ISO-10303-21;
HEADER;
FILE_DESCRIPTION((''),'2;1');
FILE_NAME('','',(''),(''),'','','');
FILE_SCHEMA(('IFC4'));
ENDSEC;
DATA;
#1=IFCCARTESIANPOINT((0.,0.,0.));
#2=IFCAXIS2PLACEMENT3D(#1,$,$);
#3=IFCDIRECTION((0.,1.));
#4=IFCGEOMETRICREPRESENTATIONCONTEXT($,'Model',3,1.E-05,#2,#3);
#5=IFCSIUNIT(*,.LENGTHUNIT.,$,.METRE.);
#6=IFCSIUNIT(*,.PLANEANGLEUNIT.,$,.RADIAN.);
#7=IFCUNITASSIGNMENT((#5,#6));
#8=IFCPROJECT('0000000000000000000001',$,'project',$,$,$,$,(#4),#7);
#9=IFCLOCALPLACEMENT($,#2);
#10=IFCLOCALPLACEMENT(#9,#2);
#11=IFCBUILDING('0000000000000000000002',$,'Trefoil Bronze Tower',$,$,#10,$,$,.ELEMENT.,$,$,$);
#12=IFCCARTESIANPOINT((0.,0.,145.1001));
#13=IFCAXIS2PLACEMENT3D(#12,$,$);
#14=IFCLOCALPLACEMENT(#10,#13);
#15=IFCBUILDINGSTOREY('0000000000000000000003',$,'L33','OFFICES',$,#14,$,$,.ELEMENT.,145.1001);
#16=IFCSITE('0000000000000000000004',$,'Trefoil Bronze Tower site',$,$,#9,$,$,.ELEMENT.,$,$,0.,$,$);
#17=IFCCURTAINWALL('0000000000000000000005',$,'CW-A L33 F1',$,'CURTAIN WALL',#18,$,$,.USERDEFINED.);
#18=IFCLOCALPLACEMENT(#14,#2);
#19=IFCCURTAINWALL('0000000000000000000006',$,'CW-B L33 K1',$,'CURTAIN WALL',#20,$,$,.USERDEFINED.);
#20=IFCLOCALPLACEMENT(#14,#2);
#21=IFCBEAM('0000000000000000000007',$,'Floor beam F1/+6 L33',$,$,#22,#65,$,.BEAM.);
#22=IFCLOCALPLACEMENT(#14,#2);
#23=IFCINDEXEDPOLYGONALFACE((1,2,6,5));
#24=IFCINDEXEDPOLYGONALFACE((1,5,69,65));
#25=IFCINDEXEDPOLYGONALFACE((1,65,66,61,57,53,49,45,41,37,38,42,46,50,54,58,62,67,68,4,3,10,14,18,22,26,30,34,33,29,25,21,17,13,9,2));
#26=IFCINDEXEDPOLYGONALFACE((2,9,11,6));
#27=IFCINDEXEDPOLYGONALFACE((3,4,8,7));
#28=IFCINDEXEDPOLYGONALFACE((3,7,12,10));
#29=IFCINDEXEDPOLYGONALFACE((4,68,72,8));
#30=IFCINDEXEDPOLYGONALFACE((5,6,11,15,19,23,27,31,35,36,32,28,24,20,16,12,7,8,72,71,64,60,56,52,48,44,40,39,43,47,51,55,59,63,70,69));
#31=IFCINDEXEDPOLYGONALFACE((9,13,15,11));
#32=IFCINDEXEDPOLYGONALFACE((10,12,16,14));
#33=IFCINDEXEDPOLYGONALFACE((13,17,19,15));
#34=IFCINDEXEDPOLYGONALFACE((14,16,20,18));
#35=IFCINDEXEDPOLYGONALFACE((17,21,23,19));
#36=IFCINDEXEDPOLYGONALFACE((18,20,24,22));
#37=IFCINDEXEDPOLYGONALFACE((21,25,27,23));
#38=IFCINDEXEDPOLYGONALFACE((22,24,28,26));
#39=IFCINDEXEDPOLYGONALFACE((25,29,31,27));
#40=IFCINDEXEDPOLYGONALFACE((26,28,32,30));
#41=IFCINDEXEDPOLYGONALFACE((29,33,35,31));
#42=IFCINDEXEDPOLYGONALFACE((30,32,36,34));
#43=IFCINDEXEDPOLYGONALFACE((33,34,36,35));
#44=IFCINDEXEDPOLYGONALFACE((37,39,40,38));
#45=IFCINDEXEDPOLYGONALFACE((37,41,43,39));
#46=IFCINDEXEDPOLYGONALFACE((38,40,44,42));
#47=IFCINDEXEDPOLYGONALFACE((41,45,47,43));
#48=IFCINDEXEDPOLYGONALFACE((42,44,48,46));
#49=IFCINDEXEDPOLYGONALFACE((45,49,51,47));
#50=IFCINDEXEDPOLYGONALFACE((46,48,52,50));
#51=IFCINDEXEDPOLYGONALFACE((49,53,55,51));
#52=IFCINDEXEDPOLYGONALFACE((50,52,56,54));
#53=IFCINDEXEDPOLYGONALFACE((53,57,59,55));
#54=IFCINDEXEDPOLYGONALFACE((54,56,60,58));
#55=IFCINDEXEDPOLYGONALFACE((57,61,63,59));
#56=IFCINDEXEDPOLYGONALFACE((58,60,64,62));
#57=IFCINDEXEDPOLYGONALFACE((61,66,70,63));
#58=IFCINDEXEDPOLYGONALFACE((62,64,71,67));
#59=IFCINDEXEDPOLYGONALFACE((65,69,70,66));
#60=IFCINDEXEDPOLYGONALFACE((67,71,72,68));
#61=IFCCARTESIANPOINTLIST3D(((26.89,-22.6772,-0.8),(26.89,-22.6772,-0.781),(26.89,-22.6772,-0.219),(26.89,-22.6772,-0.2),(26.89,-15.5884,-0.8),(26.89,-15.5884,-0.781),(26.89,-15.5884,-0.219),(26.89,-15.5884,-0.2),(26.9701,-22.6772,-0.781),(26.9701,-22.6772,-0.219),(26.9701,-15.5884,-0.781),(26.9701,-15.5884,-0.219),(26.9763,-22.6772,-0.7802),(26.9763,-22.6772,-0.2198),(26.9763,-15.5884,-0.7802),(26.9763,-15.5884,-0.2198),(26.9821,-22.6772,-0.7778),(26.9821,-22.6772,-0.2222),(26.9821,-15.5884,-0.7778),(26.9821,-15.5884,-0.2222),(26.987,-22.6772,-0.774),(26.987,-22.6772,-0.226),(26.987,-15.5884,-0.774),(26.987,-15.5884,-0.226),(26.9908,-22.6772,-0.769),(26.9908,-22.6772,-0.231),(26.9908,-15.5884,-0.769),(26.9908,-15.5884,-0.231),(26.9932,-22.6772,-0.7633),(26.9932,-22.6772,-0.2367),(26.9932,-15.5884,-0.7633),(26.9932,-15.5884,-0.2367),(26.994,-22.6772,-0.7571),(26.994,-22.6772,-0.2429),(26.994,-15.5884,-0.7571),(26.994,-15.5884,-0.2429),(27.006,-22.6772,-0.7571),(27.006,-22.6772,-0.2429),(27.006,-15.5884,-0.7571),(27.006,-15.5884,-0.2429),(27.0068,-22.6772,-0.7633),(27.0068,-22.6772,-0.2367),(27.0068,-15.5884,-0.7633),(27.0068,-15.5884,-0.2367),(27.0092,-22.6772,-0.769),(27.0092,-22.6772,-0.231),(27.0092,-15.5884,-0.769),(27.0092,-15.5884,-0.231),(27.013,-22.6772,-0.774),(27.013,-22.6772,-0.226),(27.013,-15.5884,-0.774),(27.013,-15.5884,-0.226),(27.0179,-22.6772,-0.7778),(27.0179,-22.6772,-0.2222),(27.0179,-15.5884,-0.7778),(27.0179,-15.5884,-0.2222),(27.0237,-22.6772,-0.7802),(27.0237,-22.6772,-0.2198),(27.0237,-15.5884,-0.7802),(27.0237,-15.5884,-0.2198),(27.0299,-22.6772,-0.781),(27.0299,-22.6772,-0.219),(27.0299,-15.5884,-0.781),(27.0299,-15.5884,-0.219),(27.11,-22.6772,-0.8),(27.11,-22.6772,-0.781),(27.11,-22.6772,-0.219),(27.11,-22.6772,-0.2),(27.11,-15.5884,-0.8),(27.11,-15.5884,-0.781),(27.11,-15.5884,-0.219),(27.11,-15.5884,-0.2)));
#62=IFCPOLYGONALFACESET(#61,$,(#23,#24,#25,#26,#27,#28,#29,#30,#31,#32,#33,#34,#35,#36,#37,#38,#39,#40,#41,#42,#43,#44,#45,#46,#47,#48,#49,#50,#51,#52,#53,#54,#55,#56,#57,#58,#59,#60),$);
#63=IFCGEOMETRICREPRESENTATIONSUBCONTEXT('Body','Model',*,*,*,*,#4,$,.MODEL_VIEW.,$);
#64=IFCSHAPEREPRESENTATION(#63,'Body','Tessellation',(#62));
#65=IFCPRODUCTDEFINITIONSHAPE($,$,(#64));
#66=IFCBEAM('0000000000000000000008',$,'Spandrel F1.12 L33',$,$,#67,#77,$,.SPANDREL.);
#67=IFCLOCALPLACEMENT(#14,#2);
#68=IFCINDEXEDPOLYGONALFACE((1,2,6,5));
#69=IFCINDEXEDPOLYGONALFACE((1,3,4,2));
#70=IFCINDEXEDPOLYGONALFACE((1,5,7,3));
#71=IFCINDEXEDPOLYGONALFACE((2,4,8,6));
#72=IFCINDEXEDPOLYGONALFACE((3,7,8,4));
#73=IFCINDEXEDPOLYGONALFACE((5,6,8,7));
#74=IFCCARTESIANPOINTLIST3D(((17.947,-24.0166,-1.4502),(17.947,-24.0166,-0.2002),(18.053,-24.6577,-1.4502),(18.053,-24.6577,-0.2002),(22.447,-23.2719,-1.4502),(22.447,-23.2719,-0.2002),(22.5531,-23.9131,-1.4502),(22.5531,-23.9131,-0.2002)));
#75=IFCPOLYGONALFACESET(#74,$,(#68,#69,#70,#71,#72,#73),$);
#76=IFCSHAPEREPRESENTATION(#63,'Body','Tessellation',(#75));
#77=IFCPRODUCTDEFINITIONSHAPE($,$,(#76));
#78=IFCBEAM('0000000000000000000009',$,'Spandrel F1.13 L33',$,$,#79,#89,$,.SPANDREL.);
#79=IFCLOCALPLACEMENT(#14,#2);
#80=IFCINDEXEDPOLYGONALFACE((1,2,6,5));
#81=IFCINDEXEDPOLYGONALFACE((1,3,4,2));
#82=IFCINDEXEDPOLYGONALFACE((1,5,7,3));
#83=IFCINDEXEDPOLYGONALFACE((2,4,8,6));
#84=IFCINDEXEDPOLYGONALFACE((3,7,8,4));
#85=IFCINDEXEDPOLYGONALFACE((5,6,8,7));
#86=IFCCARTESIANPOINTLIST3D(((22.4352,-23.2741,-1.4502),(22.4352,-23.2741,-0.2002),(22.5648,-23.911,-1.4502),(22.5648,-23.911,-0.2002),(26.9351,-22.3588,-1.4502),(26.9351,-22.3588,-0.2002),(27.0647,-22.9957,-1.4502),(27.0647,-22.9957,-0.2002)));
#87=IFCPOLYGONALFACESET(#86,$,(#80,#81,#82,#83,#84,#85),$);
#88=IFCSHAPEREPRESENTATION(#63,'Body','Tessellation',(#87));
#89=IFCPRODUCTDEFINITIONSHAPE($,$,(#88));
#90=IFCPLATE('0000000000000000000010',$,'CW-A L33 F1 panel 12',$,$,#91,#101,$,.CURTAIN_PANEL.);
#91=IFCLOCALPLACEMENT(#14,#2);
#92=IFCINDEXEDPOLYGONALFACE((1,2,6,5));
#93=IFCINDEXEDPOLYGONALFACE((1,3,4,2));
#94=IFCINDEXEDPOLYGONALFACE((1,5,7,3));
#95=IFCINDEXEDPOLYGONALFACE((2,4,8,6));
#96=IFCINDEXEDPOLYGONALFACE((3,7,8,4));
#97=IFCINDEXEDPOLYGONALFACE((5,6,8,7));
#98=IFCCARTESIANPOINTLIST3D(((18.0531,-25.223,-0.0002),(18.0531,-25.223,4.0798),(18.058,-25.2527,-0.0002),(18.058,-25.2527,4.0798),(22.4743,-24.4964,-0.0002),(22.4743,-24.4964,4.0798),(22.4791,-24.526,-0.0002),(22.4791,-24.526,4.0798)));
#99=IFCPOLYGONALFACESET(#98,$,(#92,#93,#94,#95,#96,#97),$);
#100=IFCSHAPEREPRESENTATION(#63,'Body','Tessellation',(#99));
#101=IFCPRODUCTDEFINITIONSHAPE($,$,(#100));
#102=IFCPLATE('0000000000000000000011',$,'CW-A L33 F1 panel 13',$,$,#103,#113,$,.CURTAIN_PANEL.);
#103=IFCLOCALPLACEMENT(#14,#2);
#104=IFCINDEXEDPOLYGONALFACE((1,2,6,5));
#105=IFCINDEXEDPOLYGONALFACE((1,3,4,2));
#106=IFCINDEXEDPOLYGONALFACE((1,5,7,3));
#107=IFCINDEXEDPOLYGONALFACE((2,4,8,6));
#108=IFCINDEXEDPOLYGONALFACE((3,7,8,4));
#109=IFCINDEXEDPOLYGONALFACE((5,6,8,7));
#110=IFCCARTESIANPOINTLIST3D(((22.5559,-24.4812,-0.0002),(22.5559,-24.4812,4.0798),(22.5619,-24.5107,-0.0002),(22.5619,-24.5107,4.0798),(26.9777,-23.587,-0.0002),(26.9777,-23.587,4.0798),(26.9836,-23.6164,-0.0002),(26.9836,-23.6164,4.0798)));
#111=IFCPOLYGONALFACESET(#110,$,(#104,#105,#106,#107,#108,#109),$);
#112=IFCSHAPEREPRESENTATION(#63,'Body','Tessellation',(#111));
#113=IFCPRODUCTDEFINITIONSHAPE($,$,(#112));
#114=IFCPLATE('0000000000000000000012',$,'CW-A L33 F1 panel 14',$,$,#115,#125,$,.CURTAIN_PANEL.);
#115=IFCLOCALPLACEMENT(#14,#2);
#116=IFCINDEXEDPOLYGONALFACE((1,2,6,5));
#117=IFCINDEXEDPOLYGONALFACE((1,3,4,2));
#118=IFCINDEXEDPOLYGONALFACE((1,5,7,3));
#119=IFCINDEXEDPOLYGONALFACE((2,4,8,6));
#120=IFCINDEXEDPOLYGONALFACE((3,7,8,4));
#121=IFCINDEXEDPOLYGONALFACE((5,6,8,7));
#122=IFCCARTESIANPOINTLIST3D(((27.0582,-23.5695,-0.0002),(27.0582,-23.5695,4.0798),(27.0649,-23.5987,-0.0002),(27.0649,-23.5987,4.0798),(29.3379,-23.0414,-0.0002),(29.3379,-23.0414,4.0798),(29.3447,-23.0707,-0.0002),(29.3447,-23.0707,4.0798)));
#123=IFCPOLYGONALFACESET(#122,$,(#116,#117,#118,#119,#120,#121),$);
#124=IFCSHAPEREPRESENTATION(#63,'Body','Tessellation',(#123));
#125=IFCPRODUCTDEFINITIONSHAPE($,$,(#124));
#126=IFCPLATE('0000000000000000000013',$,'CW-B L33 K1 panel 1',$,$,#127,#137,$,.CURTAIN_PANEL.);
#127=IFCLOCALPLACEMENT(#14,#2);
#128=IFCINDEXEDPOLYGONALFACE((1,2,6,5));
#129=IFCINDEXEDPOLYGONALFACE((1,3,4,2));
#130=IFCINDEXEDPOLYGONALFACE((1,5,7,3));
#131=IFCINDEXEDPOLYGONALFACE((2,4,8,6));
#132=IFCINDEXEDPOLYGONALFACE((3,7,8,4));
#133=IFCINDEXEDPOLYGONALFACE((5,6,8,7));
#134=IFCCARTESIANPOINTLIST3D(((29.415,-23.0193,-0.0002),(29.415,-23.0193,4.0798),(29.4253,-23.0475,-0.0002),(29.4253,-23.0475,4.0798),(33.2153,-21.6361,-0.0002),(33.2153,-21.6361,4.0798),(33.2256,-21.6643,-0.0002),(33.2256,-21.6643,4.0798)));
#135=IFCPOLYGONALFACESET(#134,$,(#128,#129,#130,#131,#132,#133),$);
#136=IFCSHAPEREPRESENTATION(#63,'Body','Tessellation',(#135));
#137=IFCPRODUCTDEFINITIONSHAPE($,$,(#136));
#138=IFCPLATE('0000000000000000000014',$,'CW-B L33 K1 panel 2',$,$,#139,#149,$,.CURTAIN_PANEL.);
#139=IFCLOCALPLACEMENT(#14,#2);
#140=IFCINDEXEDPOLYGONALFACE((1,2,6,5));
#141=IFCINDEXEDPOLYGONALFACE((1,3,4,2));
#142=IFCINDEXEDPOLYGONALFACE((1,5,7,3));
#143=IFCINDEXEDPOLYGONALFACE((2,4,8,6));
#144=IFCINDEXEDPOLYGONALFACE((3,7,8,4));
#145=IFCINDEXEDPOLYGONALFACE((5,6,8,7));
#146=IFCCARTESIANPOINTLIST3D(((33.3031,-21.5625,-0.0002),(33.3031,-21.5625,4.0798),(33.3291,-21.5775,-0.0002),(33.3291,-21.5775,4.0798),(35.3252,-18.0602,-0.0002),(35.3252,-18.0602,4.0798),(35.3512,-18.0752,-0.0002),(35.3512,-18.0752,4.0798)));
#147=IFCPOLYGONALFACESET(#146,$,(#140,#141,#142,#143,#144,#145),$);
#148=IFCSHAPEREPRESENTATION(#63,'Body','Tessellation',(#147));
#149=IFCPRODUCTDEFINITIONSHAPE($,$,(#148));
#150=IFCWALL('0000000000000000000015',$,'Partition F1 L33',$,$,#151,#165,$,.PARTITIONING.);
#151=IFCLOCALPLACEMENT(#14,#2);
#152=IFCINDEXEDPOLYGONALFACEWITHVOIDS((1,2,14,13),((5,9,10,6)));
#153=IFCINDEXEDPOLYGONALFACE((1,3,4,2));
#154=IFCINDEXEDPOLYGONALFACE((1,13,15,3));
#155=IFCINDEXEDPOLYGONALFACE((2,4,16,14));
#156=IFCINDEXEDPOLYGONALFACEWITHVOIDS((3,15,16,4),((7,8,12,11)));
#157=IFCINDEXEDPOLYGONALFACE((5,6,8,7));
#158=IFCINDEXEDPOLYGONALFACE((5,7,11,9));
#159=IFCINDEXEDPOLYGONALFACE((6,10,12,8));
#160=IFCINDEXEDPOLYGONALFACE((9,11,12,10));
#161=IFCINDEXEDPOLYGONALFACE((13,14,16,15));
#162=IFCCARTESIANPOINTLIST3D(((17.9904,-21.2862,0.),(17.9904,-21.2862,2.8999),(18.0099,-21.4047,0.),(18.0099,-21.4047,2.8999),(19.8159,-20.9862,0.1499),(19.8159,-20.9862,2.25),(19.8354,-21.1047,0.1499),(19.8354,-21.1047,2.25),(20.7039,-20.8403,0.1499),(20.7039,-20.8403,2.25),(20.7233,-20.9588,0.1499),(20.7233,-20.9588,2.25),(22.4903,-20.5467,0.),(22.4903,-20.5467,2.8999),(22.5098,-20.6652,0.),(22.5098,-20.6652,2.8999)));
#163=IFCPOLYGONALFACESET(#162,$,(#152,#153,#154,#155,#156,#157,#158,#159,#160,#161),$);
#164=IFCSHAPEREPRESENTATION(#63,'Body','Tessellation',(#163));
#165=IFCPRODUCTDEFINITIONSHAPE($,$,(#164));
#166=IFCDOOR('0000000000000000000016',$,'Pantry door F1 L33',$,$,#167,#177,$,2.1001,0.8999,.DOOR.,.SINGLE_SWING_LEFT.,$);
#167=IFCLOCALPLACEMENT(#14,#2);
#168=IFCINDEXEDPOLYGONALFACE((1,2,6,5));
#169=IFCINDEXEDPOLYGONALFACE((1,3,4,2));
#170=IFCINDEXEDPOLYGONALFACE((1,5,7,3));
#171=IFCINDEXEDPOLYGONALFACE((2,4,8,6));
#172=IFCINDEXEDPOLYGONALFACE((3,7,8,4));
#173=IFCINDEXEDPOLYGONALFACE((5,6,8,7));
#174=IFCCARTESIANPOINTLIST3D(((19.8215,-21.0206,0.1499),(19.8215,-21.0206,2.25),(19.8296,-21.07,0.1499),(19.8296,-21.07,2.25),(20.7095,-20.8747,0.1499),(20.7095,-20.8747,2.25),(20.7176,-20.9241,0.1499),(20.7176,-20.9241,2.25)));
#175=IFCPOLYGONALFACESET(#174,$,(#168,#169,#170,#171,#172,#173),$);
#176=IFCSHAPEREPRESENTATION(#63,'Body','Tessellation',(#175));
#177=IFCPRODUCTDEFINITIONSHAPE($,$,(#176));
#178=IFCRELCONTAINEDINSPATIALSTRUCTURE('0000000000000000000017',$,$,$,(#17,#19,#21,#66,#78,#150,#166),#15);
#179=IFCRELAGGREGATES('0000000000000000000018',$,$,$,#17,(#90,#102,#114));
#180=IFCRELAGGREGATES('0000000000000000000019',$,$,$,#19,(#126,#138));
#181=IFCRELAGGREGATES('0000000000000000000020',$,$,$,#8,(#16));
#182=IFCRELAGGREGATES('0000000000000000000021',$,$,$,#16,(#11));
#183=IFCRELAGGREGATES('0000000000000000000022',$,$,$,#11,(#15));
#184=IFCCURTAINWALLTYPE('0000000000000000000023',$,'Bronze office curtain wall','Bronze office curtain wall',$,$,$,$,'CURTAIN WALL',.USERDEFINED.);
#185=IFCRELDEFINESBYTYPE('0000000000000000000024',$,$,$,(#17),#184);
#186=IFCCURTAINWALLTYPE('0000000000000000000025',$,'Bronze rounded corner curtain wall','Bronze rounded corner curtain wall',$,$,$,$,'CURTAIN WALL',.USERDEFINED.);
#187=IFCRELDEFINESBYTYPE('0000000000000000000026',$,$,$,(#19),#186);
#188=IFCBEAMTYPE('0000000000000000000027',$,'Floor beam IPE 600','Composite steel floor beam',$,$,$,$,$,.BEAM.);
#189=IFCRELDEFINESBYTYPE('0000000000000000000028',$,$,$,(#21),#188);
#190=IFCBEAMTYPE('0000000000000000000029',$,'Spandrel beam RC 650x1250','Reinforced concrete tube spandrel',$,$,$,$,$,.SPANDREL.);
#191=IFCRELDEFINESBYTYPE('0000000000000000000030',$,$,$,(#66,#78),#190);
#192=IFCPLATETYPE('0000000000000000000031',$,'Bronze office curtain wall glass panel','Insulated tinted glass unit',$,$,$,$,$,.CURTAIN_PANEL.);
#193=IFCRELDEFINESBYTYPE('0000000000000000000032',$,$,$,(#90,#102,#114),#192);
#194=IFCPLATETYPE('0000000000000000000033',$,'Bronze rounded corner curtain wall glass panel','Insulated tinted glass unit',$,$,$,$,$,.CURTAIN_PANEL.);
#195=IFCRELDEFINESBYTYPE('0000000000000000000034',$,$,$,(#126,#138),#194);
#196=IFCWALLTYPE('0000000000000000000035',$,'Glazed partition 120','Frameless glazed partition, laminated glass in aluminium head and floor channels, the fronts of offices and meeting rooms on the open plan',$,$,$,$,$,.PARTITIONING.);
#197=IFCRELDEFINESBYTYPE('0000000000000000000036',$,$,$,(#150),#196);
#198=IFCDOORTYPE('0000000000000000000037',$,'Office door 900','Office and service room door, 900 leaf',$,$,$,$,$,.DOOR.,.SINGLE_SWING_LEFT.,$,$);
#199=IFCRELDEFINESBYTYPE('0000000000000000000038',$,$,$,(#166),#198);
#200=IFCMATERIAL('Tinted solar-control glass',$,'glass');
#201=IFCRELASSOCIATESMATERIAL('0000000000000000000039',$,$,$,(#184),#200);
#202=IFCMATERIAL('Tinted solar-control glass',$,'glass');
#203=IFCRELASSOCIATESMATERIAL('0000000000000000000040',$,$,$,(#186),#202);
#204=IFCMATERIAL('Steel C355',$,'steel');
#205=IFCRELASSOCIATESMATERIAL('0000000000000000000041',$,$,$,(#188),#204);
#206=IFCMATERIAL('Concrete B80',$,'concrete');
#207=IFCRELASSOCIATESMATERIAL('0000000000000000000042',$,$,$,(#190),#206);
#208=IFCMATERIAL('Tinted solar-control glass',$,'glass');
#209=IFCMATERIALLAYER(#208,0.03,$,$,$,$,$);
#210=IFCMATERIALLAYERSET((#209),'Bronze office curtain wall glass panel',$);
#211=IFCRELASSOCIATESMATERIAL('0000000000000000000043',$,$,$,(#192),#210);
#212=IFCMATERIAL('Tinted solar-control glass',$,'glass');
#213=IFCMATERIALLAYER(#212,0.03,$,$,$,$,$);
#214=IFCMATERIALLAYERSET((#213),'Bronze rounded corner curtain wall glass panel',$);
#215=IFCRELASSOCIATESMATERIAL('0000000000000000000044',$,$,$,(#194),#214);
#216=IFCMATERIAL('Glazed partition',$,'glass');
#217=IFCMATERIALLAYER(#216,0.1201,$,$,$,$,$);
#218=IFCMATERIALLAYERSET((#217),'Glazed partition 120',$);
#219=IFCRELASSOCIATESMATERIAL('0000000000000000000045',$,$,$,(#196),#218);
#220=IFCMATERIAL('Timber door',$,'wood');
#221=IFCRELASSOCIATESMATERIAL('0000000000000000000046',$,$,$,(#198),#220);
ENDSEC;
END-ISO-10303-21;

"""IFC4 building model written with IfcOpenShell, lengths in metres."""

from ifc_helpers import new_model, si_unit, direction, frame, frame_2d, origin, origin_2d, place, context, subcontext, project, spatial, rectangle, i_section, extrude, material, layer, layer_set, material_profile, profile_set, type_object, element, fill, aggregate, save


model = new_model("IFC4")

# Units and contexts
model_context = context("Model", 3, precision=1e-05, world=origin(), true_north=direction((0.0, 1.0)))
body_context = subcontext(model_context, "Body", "Model", "MODEL_VIEW")
ifc_project = project(units=[si_unit("LENGTHUNIT", "METRE"), si_unit("PLANEANGLEUNIT", "RADIAN")], contexts=[model_context])

# Site, building, storey
site_placement = place(None, origin())
site = spatial("IfcSite", under=ifc_project, at=site_placement, Name="Trefoil Bronze Tower site", CompositionType="ELEMENT", RefElevation=0.0)
building_placement = place(site_placement, origin())
building = spatial("IfcBuilding", under=site, at=building_placement, Name="Trefoil Bronze Tower", CompositionType="ELEMENT")
storey_placement = place(building_placement, frame((0.0, 0.0, 145.1001)))
storey = spatial("IfcBuildingStorey", under=building, at=storey_placement, Name="L33", Description="OFFICES", CompositionType="ELEMENT", Elevation=145.1001)

# Curtain walls
ifc_material_1 = material(Name="Tinted solar-control glass", Category="glass")
curtain_wall_type_1 = type_object("IfcCurtainWallType", Name="Bronze office curtain wall", Description="Bronze office curtain wall", ElementType="CURTAIN WALL", PredefinedType="USERDEFINED", material=ifc_material_1)
curtain_wall_1_placement = place(storey_placement, origin())
curtain_wall_1 = element("IfcCurtainWall", 1, at=curtain_wall_1_placement, inside=storey, type_object=curtain_wall_type_1, Name="CW-A L33 F1", ObjectType="CURTAIN WALL", PredefinedType="USERDEFINED")
ifc_material_2 = material(Name="Tinted solar-control glass", Category="glass")
curtain_wall_type_2 = type_object("IfcCurtainWallType", Name="Bronze rounded corner curtain wall", Description="Bronze rounded corner curtain wall", ElementType="CURTAIN WALL", PredefinedType="USERDEFINED", material=ifc_material_2)
curtain_wall_2_placement = place(storey_placement, origin())
curtain_wall_2 = element("IfcCurtainWall", 2, at=curtain_wall_2_placement, inside=storey, type_object=curtain_wall_type_2, Name="CW-B L33 K1", ObjectType="CURTAIN WALL", PredefinedType="USERDEFINED")

# Beams
ifc_material_3 = material(Name="Steel C355", Category="steel")
ifc_material_profile_1 = material_profile(ifc_material_3, i_section(OverallWidth=0.22, OverallDepth=0.6001, WebThickness=0.012, FlangeThickness=0.019, FilletRadius=0.0239, at=origin_2d()), Name="IPE 600")
ifc_profile_set_1 = profile_set([ifc_material_profile_1], Name="Steel C355")
beam_type_1 = type_object("IfcBeamType", Name="Floor beam IPE 600", Description="Composite steel floor beam", PredefinedType="BEAM", material=ifc_profile_set_1)
beam_1_placement = place(storey_placement, frame((27.0, -22.6772, -0.5), z_axis=(0.0, 1.0, 0.0), x_axis=(-1.0, 0.0, 0.0)))
element("IfcBeam", 3, at=beam_1_placement, inside=storey, type_object=beam_type_1, Name="Floor beam F1/+6 L33", PredefinedType="BEAM", context=body_context, shape_type="SweptSolid", body=[
    extrude(i_section(OverallWidth=0.22, OverallDepth=0.6001, WebThickness=0.012, FlangeThickness=0.019, FilletRadius=0.0239, at=origin_2d()), origin(), (0.0, 0.0, 1.0), 7.0889),
])
ifc_material_4 = material(Name="Concrete B80", Category="concrete")
ifc_material_profile_2 = material_profile(ifc_material_4, rectangle(XDim=0.6499, YDim=1.25, at=origin_2d()), Name="RC 650x1250")
ifc_profile_set_2 = profile_set([ifc_material_profile_2], Name="Concrete B80")
beam_type_2 = type_object("IfcBeamType", Name="Spandrel beam RC 650x1250", Description="Reinforced concrete tube spandrel", PredefinedType="SPANDREL", material=ifc_profile_set_2)
beam_2_placement = place(storey_placement, frame((18.0, -24.3372, -0.8252), z_axis=(0.986584, 0.163253, 0.0), x_axis=(-0.163253, 0.986584, 0.0)))
element("IfcBeam", 4, at=beam_2_placement, inside=storey, type_object=beam_type_2, Name="Spandrel F1.12 L33", PredefinedType="SPANDREL", context=body_context, shape_type="SweptSolid", body=[
    extrude(rectangle(XDim=0.6499, YDim=1.25, at=origin_2d()), origin(), (0.0, 0.0, 1.0), 4.5613),
])
beam_3_placement = place(storey_placement, frame((22.5, -23.5925, -0.8252), z_axis=(0.979935, 0.199315, 0.0), x_axis=(-0.199315, 0.979935, 0.0)))
element("IfcBeam", 5, at=beam_3_placement, inside=storey, type_object=beam_type_2, Name="Spandrel F1.13 L33", PredefinedType="SPANDREL", context=body_context, shape_type="SweptSolid", body=[
    extrude(rectangle(XDim=0.6499, YDim=1.25, at=origin_2d()), origin(), (0.0, 0.0, 1.0), 4.592),
])

# Plates
ifc_material_5 = material(Name="Tinted solar-control glass", Category="glass")
ifc_layer_1 = layer(ifc_material_5, 0.03)
ifc_layer_set_1 = layer_set([ifc_layer_1], Name="Bronze office curtain wall glass panel")
plate_type_1 = type_object("IfcPlateType", Name="Bronze office curtain wall glass panel", Description="Insulated tinted glass unit", PredefinedType="CURTAIN_PANEL", material=ifc_layer_set_1)
plate_1_placement = place(storey_placement, frame((20.2661, -24.8745, -0.0002), z_axis=(0.0, 0.0, 1.0), x_axis=(0.98676, 0.162189, 0.0)))
plate_1 = element("IfcPlate", 6, at=plate_1_placement, type_object=plate_type_1, Name="CW-A L33 F1 panel 12", PredefinedType="CURTAIN_PANEL", context=body_context, shape_type="SweptSolid", body=[
    extrude(rectangle(XDim=4.4805, YDim=0.03, at=origin_2d()), origin(), (0.0, 0.0, 1.0), 4.0801),
])
plate_2_placement = place(storey_placement, frame((24.7698, -24.0488, -0.0002), z_axis=(0.0, 0.0, 1.0), x_axis=(0.980155, 0.198232, 0.0)))
plate_2 = element("IfcPlate", 7, at=plate_2_placement, type_object=plate_type_1, Name="CW-A L33 F1 panel 13", PredefinedType="CURTAIN_PANEL", context=body_context, shape_type="SweptSolid", body=[
    extrude(rectangle(XDim=4.5112, YDim=0.03, at=origin_2d()), origin(), (0.0, 0.0, 1.0), 4.0801),
])
plate_3_placement = place(storey_placement, frame((28.2014, -23.3201, -0.0002), z_axis=(0.0, 0.0, 1.0), x_axis=(0.974204, 0.225667, 0.0)))
plate_3 = element("IfcPlate", 8, at=plate_3_placement, type_object=plate_type_1, Name="CW-A L33 F1 panel 14", PredefinedType="CURTAIN_PANEL", context=body_context, shape_type="SweptSolid", body=[
    extrude(rectangle(XDim=2.3401, YDim=0.03, at=origin_2d()), origin(), (0.0, 0.0, 1.0), 4.0801),
])
aggregate(curtain_wall_1, [plate_1, plate_2, plate_3])
ifc_material_6 = material(Name="Tinted solar-control glass", Category="glass")
ifc_layer_2 = layer(ifc_material_6, 0.03)
ifc_layer_set_2 = layer_set([ifc_layer_2], Name="Bronze rounded corner curtain wall glass panel")
plate_type_2 = type_object("IfcPlateType", Name="Bronze rounded corner curtain wall glass panel", Description="Insulated tinted glass unit", PredefinedType="CURTAIN_PANEL", material=ifc_layer_set_2)
plate_4_placement = place(storey_placement, frame((31.3203, -22.3418, -0.0002), z_axis=(0.0, 0.0, 1.0), x_axis=(0.939693, 0.34202, 0.0)))
plate_4 = element("IfcPlate", 9, at=plate_4_placement, type_object=plate_type_2, Name="CW-B L33 K1 panel 1", PredefinedType="CURTAIN_PANEL", context=body_context, shape_type="SweptSolid", body=[
    extrude(rectangle(XDim=4.0442, YDim=0.03, at=origin_2d()), origin(), (0.0, 0.0, 1.0), 4.0801),
])
plate_5_placement = place(storey_placement, frame((34.3271, -19.8188, -0.0002), z_axis=(0.0, 0.0, 1.0), x_axis=(0.5, 0.866025, 0.0)))
plate_5 = element("IfcPlate", 10, at=plate_5_placement, type_object=plate_type_2, Name="CW-B L33 K1 panel 2", PredefinedType="CURTAIN_PANEL", context=body_context, shape_type="SweptSolid", body=[
    extrude(rectangle(XDim=4.0442, YDim=0.03, at=origin_2d()), origin(), (0.0, 0.0, 1.0), 4.0801),
])
aggregate(curtain_wall_2, [plate_4, plate_5])

# Wall, opening, door
ifc_material_7 = material(Name="Glazed partition", Category="glass")
ifc_layer_3 = layer(ifc_material_7, 0.1201)
ifc_layer_set_3 = layer_set([ifc_layer_3], Name="Glazed partition 120")
wall_type_1 = type_object("IfcWallType", Name="Glazed partition 120", Description="Frameless glazed partition, laminated glass in aluminium head and floor channels, the fronts of offices and meeting rooms on the open plan", PredefinedType="PARTITIONING", material=ifc_layer_set_3)
wall_1_placement = place(storey_placement, frame((18.0, -21.3455, 0.0), z_axis=(0.0, 0.0, 1.0), x_axis=(0.986765, 0.162159, 0.0)))
wall_1 = element("IfcWall", 11, at=wall_1_placement, inside=storey, type_object=wall_type_1, Name="Partition F1 L33", PredefinedType="PARTITIONING", context=body_context, shape_type="SweptSolid", body=[
    extrude(rectangle(XDim=4.5603, YDim=0.1201, at=frame_2d((2.2803, 0.0))), origin(), (0.0, 0.0, 1.0), 2.8999),
])
opening_placement = place(wall_1_placement, frame((1.8501, 0.0, 0.1499)))
opening = element("IfcOpeningElement", 12, at=opening_placement, cuts=wall_1, PredefinedType="OPENING", context=body_context, shape_type="SweptSolid", body=[
    extrude(rectangle(XDim=0.8999, YDim=2.1001, at=frame_2d((0.45, 1.05))), frame((0.0, 0.0701, 0.0), z_axis=(0.0, -1.0, 0.0), x_axis=(1.0, 0.0, 0.0)), (0.0, 0.0, 1.0), 0.1401),
])
ifc_material_8 = material(Name="Timber door", Category="wood")
door_type = type_object("IfcDoorType", Name="Office door 900", Description="Office and service room door, 900 leaf", OperationType="SINGLE_SWING_LEFT", PredefinedType="DOOR", material=ifc_material_8)
door_placement = place(opening_placement, frame((0.8999, 0.0, 0.0), z_axis=(0.0, 0.0, 1.0), x_axis=(-1.0, 0.0, 0.0)))
door = element("IfcDoor", 13, at=door_placement, inside=storey, type_object=door_type, Name="Pantry door F1 L33", OperationType="SINGLE_SWING_LEFT", OverallHeight=2.1001, OverallWidth=0.8999, PredefinedType="DOOR", context=body_context, shape_type="SweptSolid", body=[
    extrude(rectangle(XDim=0.8999, YDim=2.1001, at=frame_2d((0.45, 1.05))), frame((0.0, 0.0249, 0.0), z_axis=(0.0, -1.0, 0.0), x_axis=(1.0, 0.0, 0.0)), (0.0, 0.0, 1.0), 0.05),
])
fill(opening, door)

save(model, "model.ifc")
